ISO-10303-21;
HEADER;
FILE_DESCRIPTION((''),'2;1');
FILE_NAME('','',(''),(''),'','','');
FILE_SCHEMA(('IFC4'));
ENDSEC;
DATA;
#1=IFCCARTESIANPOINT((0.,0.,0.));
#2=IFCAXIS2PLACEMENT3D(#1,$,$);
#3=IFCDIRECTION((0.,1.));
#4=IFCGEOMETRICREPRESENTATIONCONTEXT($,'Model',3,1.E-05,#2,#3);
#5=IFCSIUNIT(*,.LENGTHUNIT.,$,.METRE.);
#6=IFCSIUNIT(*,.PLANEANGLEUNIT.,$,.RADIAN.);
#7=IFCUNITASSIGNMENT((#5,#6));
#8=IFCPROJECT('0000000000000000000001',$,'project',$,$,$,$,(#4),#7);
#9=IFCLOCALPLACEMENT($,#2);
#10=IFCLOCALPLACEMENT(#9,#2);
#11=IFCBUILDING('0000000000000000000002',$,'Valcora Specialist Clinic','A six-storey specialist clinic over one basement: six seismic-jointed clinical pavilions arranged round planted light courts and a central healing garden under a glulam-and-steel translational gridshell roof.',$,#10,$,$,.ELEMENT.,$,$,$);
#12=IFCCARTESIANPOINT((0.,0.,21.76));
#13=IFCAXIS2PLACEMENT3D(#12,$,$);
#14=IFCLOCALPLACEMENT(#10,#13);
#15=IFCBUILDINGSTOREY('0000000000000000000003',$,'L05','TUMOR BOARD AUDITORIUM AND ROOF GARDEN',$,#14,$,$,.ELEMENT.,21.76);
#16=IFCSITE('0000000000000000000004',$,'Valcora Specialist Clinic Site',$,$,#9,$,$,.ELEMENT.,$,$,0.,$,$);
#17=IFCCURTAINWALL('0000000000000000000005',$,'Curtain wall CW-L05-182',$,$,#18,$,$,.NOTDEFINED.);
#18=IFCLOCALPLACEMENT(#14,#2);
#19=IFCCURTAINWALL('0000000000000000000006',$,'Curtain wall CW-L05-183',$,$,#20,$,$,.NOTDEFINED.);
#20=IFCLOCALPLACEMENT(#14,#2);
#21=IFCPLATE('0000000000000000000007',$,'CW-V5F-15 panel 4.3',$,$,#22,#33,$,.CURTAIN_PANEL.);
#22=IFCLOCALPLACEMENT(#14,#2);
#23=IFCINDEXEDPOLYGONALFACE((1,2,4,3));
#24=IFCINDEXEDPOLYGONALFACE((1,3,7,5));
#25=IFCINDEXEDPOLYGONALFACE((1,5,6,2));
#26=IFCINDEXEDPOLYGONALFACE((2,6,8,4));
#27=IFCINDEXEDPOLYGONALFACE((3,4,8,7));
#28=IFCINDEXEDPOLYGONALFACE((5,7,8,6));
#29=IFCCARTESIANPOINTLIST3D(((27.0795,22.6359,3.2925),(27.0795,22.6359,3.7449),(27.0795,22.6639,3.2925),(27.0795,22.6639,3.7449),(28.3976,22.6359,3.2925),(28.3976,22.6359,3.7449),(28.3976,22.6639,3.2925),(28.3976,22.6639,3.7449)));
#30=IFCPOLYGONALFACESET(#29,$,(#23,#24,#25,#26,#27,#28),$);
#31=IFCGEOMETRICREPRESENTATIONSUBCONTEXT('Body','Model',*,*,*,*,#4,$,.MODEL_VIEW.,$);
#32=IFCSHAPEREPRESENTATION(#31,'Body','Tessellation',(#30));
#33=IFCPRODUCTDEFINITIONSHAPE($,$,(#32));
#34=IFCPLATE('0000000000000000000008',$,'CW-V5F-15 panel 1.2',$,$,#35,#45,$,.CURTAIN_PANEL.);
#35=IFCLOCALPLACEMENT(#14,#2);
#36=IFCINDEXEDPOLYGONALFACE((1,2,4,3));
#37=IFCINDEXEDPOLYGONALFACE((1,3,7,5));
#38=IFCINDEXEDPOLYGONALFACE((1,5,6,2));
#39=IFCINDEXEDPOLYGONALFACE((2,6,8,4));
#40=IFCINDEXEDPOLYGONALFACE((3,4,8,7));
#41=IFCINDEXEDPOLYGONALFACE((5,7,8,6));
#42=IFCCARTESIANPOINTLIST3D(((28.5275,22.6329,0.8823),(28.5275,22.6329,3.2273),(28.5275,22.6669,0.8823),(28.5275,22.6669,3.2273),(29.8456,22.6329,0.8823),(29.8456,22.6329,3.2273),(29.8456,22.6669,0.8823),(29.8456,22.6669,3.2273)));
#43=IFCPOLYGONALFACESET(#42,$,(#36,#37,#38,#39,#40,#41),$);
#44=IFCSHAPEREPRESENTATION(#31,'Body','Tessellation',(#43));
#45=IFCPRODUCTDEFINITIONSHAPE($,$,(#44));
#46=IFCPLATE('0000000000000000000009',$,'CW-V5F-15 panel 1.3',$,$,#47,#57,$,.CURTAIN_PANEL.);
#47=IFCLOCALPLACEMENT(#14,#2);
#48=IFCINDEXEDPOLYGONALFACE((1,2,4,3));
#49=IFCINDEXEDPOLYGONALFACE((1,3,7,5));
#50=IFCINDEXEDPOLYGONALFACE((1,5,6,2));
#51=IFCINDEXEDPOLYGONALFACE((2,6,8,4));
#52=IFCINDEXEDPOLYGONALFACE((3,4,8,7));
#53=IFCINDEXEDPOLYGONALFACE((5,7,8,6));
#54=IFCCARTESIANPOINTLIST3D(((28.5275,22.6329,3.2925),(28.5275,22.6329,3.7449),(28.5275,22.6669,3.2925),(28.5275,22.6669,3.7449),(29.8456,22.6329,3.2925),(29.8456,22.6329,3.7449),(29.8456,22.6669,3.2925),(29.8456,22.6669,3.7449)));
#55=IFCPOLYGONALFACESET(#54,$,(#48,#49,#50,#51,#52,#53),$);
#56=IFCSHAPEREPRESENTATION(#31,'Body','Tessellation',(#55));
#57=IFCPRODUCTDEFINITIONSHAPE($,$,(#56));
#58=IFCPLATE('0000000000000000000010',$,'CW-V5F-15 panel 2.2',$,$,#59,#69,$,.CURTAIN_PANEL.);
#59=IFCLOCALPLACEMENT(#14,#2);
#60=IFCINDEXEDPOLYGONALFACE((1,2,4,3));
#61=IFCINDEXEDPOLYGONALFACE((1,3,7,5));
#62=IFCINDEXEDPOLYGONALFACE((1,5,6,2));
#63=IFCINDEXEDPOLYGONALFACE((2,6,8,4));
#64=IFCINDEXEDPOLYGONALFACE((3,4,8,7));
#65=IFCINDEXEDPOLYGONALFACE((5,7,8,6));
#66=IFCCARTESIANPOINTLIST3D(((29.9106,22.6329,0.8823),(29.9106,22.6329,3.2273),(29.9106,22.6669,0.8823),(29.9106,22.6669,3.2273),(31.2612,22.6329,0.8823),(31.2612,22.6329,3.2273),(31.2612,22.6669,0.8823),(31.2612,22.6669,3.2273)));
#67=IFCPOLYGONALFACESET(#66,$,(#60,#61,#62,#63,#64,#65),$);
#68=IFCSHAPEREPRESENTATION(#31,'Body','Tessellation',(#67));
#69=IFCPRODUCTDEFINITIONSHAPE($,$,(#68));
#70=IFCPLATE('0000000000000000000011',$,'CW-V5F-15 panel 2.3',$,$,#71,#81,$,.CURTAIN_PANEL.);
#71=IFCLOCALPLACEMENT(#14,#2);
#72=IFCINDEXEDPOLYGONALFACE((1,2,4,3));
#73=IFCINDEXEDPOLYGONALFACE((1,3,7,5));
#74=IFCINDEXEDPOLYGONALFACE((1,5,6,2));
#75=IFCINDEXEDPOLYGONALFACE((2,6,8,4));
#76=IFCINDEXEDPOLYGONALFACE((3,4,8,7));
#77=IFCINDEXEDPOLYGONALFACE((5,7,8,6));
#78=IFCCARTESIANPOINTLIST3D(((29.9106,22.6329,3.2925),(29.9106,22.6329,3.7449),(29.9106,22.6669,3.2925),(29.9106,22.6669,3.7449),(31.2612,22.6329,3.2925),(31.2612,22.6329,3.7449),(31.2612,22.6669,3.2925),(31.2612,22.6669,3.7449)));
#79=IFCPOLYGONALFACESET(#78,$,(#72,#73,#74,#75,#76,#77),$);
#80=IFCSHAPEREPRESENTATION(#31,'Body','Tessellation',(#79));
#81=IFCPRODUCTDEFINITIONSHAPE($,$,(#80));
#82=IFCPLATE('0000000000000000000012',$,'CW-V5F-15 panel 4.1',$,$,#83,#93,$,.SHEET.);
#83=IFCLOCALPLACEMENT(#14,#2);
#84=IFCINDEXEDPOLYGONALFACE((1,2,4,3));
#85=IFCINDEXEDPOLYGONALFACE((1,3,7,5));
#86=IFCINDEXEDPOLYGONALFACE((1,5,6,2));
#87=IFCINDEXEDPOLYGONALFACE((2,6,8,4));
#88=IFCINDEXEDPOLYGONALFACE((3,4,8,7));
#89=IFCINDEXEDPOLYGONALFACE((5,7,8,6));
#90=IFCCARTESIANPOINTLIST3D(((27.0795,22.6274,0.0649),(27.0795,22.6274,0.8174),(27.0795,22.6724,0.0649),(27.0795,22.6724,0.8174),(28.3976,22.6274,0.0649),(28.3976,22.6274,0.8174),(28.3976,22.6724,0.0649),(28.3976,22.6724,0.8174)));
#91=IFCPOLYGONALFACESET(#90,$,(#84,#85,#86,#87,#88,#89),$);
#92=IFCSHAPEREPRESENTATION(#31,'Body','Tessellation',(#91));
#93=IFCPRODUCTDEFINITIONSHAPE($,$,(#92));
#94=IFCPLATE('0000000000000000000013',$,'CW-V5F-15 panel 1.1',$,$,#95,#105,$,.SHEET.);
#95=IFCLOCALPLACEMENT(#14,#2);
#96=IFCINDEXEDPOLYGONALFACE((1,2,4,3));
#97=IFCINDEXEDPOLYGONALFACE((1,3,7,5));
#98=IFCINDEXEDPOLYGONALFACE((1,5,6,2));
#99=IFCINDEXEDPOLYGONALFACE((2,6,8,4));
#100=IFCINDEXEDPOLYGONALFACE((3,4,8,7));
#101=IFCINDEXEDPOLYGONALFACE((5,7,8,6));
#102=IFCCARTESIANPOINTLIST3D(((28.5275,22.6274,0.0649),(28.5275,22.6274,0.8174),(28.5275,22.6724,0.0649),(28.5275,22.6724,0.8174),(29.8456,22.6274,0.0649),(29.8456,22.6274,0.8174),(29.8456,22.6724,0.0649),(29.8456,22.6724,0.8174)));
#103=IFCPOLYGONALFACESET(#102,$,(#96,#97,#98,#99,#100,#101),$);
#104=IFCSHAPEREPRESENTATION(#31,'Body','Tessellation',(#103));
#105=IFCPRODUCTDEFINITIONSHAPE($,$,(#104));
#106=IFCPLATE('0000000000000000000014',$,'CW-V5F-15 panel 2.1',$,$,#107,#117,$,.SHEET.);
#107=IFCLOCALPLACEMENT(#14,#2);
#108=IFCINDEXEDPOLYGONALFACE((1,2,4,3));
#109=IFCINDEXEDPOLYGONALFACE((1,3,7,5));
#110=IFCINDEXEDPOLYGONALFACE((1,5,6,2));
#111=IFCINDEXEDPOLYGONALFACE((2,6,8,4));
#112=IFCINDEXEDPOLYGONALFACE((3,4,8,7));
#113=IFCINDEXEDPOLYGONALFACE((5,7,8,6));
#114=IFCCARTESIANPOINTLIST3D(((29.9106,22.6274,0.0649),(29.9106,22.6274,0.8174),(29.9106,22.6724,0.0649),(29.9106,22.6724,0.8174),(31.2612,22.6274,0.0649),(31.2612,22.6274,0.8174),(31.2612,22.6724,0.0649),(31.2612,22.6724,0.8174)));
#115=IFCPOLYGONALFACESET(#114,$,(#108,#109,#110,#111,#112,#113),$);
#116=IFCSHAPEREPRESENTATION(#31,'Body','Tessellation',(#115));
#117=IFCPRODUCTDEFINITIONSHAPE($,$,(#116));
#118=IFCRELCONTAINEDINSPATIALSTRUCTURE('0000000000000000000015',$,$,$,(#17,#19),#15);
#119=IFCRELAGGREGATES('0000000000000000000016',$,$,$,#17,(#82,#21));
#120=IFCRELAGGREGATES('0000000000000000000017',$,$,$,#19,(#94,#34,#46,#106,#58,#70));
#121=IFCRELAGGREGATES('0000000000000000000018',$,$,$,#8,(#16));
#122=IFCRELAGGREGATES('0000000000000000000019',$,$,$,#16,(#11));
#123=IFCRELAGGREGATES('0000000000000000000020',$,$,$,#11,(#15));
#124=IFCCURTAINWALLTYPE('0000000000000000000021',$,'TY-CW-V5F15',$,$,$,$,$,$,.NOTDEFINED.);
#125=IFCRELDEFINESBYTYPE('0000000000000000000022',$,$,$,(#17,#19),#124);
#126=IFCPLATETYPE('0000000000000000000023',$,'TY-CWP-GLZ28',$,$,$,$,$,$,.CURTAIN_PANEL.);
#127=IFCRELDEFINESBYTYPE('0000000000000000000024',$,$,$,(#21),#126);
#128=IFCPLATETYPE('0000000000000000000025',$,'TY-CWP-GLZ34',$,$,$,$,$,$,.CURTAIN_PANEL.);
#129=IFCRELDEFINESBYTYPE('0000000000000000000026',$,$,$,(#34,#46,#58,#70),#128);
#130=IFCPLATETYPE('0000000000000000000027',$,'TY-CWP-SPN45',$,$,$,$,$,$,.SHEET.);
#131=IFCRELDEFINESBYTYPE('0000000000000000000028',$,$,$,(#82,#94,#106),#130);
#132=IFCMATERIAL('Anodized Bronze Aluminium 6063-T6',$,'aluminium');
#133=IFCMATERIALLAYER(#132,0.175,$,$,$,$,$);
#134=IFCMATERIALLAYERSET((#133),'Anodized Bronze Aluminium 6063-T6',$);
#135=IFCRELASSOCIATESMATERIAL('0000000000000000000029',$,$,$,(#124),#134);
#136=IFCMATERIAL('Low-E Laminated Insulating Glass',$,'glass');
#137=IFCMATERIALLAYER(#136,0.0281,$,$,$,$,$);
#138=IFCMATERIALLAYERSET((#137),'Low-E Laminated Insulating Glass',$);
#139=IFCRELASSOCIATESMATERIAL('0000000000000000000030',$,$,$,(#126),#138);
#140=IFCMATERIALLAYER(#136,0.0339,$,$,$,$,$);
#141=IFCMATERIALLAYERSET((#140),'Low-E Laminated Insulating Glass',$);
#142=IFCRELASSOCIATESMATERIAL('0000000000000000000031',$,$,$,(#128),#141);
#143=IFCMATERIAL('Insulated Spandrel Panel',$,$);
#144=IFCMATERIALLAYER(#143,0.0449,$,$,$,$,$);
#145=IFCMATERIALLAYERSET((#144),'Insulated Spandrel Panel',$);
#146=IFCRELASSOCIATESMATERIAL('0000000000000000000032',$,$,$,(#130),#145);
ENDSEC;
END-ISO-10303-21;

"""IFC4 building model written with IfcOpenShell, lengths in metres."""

from ifc_helpers import new_model, si_unit, direction, frame, origin, origin_2d, place, context, subcontext, project, spatial, rectangle, extrude, material, layer, layer_set, type_object, element, aggregate, save


model = new_model("IFC4")

# Units and contexts
model_context = context("Model", 3, precision=1e-05, world=origin(), true_north=direction((0.0, 1.0)))
body_context = subcontext(model_context, "Body", "Model", "MODEL_VIEW")
ifc_project = project(units=[si_unit("LENGTHUNIT", "METRE"), si_unit("PLANEANGLEUNIT", "RADIAN")], contexts=[model_context])

# Site, building, storey
site_placement = place(None, origin())
site = spatial("IfcSite", under=ifc_project, at=site_placement, Name="Valcora Specialist Clinic Site", CompositionType="ELEMENT", RefElevation=0.0)
building_placement = place(site_placement, origin())
building = spatial("IfcBuilding", under=site, at=building_placement, Name="Valcora Specialist Clinic", Description="A six-storey specialist clinic over one basement: six seismic-jointed clinical pavilions arranged round planted light courts and a central healing garden under a glulam-and-steel translational gridshell roof.", CompositionType="ELEMENT")
storey_placement = place(building_placement, frame((0.0, 0.0, 21.76)))
storey = spatial("IfcBuildingStorey", under=building, at=storey_placement, Name="L05", Description="TUMOR BOARD AUDITORIUM AND ROOF GARDEN", CompositionType="ELEMENT", Elevation=21.76)

# Curtain walls
ifc_material_1 = material(Name="Anodized Bronze Aluminium 6063-T6", Category="aluminium")
ifc_layer_1 = layer(ifc_material_1, 0.175)
ifc_layer_set_1 = layer_set([ifc_layer_1], Name="Anodized Bronze Aluminium 6063-T6")
curtain_wall_type = type_object("IfcCurtainWallType", Name="TY-CW-V5F15", PredefinedType="NOTDEFINED", material=ifc_layer_set_1)
curtain_wall_1_placement = place(storey_placement, origin())
curtain_wall_1 = element("IfcCurtainWall", 1, at=curtain_wall_1_placement, inside=storey, type_object=curtain_wall_type, Name="Curtain wall CW-L05-182", PredefinedType="NOTDEFINED")
curtain_wall_2_placement = place(storey_placement, origin())
curtain_wall_2 = element("IfcCurtainWall", 2, at=curtain_wall_2_placement, inside=storey, type_object=curtain_wall_type, Name="Curtain wall CW-L05-183", PredefinedType="NOTDEFINED")

# Plates
ifc_material_2 = material(Name="Low-E Laminated Insulating Glass", Category="glass")
ifc_layer_2 = layer(ifc_material_2, 0.0281)
ifc_layer_set_2 = layer_set([ifc_layer_2], Name="Low-E Laminated Insulating Glass")
plate_type_1 = type_object("IfcPlateType", Name="TY-CWP-GLZ28", PredefinedType="CURTAIN_PANEL", material=ifc_layer_set_2)
plate_1_placement = place(storey_placement, frame((27.7385, 22.6499, 3.2925), z_axis=(0.0, 0.0, 1.0), x_axis=(1.0, 0.0, 0.0)))
plate_1 = element("IfcPlate", 3, at=plate_1_placement, type_object=plate_type_1, Name="CW-V5F-15 panel 4.3", PredefinedType="CURTAIN_PANEL", context=body_context, shape_type="SweptSolid", body=[
    extrude(rectangle(XDim=1.3181, YDim=0.0281, at=origin_2d()), origin(), (0.0, 0.0, 1.0), 0.4524),
])
ifc_layer_3 = layer(ifc_material_2, 0.0339)
ifc_layer_set_3 = layer_set([ifc_layer_3], Name="Low-E Laminated Insulating Glass")
plate_type_2 = type_object("IfcPlateType", Name="TY-CWP-GLZ34", PredefinedType="CURTAIN_PANEL", material=ifc_layer_set_3)
plate_2_placement = place(storey_placement, frame((29.1865, 22.6499, 0.8823), z_axis=(0.0, 0.0, 1.0), x_axis=(1.0, 0.0, 0.0)))
plate_2 = element("IfcPlate", 4, at=plate_2_placement, type_object=plate_type_2, Name="CW-V5F-15 panel 1.2", PredefinedType="CURTAIN_PANEL", context=body_context, shape_type="SweptSolid", body=[
    extrude(rectangle(XDim=1.3181, YDim=0.0339, at=origin_2d()), origin(), (0.0, 0.0, 1.0), 2.345),
])
plate_3_placement = place(storey_placement, frame((29.1865, 22.6499, 3.2925), z_axis=(0.0, 0.0, 1.0), x_axis=(1.0, 0.0, 0.0)))
plate_3 = element("IfcPlate", 5, at=plate_3_placement, type_object=plate_type_2, Name="CW-V5F-15 panel 1.3", PredefinedType="CURTAIN_PANEL", context=body_context, shape_type="SweptSolid", body=[
    extrude(rectangle(XDim=1.3181, YDim=0.0339, at=origin_2d()), origin(), (0.0, 0.0, 1.0), 0.4524),
])
plate_4_placement = place(storey_placement, frame((30.5859, 22.6499, 0.8823), z_axis=(0.0, 0.0, 1.0), x_axis=(1.0, 0.0, 0.0)))
plate_4 = element("IfcPlate", 6, at=plate_4_placement, type_object=plate_type_2, Name="CW-V5F-15 panel 2.2", PredefinedType="CURTAIN_PANEL", context=body_context, shape_type="SweptSolid", body=[
    extrude(rectangle(XDim=1.3506, YDim=0.0339, at=origin_2d()), origin(), (0.0, 0.0, 1.0), 2.345),
])
plate_5_placement = place(storey_placement, frame((30.5859, 22.6499, 3.2925), z_axis=(0.0, 0.0, 1.0), x_axis=(1.0, 0.0, 0.0)))
plate_5 = element("IfcPlate", 7, at=plate_5_placement, type_object=plate_type_2, Name="CW-V5F-15 panel 2.3", PredefinedType="CURTAIN_PANEL", context=body_context, shape_type="SweptSolid", body=[
    extrude(rectangle(XDim=1.3506, YDim=0.0339, at=origin_2d()), origin(), (0.0, 0.0, 1.0), 0.4524),
])
ifc_material_3 = material(Name="Insulated Spandrel Panel")
ifc_layer_4 = layer(ifc_material_3, 0.0449)
ifc_layer_set_4 = layer_set([ifc_layer_4], Name="Insulated Spandrel Panel")
plate_type_3 = type_object("IfcPlateType", Name="TY-CWP-SPN45", PredefinedType="SHEET", material=ifc_layer_set_4)
plate_6_placement = place(storey_placement, frame((27.7385, 22.6499, 0.0649), z_axis=(0.0, 0.0, 1.0), x_axis=(1.0, 0.0, 0.0)))
plate_6 = element("IfcPlate", 8, at=plate_6_placement, type_object=plate_type_3, Name="CW-V5F-15 panel 4.1", PredefinedType="SHEET", context=body_context, shape_type="SweptSolid", body=[
    extrude(rectangle(XDim=1.3181, YDim=0.0449, at=origin_2d()), origin(), (0.0, 0.0, 1.0), 0.7524),
])
aggregate(curtain_wall_1, [plate_6, plate_1])
plate_7_placement = place(storey_placement, frame((29.1865, 22.6499, 0.0649), z_axis=(0.0, 0.0, 1.0), x_axis=(1.0, 0.0, 0.0)))
plate_7 = element("IfcPlate", 9, at=plate_7_placement, type_object=plate_type_3, Name="CW-V5F-15 panel 1.1", PredefinedType="SHEET", context=body_context, shape_type="SweptSolid", body=[
    extrude(rectangle(XDim=1.3181, YDim=0.0449, at=origin_2d()), origin(), (0.0, 0.0, 1.0), 0.7524),
])
plate_8_placement = place(storey_placement, frame((30.5859, 22.6499, 0.0649), z_axis=(0.0, 0.0, 1.0), x_axis=(1.0, 0.0, 0.0)))
plate_8 = element("IfcPlate", 10, at=plate_8_placement, type_object=plate_type_3, Name="CW-V5F-15 panel 2.1", PredefinedType="SHEET", context=body_context, shape_type="SweptSolid", body=[
    extrude(rectangle(XDim=1.3506, YDim=0.0449, at=origin_2d()), origin(), (0.0, 0.0, 1.0), 0.7524),
])
aggregate(curtain_wall_2, [plate_7, plate_2, plate_3, plate_8, plate_4, plate_5])

save(model, "model.ifc")
